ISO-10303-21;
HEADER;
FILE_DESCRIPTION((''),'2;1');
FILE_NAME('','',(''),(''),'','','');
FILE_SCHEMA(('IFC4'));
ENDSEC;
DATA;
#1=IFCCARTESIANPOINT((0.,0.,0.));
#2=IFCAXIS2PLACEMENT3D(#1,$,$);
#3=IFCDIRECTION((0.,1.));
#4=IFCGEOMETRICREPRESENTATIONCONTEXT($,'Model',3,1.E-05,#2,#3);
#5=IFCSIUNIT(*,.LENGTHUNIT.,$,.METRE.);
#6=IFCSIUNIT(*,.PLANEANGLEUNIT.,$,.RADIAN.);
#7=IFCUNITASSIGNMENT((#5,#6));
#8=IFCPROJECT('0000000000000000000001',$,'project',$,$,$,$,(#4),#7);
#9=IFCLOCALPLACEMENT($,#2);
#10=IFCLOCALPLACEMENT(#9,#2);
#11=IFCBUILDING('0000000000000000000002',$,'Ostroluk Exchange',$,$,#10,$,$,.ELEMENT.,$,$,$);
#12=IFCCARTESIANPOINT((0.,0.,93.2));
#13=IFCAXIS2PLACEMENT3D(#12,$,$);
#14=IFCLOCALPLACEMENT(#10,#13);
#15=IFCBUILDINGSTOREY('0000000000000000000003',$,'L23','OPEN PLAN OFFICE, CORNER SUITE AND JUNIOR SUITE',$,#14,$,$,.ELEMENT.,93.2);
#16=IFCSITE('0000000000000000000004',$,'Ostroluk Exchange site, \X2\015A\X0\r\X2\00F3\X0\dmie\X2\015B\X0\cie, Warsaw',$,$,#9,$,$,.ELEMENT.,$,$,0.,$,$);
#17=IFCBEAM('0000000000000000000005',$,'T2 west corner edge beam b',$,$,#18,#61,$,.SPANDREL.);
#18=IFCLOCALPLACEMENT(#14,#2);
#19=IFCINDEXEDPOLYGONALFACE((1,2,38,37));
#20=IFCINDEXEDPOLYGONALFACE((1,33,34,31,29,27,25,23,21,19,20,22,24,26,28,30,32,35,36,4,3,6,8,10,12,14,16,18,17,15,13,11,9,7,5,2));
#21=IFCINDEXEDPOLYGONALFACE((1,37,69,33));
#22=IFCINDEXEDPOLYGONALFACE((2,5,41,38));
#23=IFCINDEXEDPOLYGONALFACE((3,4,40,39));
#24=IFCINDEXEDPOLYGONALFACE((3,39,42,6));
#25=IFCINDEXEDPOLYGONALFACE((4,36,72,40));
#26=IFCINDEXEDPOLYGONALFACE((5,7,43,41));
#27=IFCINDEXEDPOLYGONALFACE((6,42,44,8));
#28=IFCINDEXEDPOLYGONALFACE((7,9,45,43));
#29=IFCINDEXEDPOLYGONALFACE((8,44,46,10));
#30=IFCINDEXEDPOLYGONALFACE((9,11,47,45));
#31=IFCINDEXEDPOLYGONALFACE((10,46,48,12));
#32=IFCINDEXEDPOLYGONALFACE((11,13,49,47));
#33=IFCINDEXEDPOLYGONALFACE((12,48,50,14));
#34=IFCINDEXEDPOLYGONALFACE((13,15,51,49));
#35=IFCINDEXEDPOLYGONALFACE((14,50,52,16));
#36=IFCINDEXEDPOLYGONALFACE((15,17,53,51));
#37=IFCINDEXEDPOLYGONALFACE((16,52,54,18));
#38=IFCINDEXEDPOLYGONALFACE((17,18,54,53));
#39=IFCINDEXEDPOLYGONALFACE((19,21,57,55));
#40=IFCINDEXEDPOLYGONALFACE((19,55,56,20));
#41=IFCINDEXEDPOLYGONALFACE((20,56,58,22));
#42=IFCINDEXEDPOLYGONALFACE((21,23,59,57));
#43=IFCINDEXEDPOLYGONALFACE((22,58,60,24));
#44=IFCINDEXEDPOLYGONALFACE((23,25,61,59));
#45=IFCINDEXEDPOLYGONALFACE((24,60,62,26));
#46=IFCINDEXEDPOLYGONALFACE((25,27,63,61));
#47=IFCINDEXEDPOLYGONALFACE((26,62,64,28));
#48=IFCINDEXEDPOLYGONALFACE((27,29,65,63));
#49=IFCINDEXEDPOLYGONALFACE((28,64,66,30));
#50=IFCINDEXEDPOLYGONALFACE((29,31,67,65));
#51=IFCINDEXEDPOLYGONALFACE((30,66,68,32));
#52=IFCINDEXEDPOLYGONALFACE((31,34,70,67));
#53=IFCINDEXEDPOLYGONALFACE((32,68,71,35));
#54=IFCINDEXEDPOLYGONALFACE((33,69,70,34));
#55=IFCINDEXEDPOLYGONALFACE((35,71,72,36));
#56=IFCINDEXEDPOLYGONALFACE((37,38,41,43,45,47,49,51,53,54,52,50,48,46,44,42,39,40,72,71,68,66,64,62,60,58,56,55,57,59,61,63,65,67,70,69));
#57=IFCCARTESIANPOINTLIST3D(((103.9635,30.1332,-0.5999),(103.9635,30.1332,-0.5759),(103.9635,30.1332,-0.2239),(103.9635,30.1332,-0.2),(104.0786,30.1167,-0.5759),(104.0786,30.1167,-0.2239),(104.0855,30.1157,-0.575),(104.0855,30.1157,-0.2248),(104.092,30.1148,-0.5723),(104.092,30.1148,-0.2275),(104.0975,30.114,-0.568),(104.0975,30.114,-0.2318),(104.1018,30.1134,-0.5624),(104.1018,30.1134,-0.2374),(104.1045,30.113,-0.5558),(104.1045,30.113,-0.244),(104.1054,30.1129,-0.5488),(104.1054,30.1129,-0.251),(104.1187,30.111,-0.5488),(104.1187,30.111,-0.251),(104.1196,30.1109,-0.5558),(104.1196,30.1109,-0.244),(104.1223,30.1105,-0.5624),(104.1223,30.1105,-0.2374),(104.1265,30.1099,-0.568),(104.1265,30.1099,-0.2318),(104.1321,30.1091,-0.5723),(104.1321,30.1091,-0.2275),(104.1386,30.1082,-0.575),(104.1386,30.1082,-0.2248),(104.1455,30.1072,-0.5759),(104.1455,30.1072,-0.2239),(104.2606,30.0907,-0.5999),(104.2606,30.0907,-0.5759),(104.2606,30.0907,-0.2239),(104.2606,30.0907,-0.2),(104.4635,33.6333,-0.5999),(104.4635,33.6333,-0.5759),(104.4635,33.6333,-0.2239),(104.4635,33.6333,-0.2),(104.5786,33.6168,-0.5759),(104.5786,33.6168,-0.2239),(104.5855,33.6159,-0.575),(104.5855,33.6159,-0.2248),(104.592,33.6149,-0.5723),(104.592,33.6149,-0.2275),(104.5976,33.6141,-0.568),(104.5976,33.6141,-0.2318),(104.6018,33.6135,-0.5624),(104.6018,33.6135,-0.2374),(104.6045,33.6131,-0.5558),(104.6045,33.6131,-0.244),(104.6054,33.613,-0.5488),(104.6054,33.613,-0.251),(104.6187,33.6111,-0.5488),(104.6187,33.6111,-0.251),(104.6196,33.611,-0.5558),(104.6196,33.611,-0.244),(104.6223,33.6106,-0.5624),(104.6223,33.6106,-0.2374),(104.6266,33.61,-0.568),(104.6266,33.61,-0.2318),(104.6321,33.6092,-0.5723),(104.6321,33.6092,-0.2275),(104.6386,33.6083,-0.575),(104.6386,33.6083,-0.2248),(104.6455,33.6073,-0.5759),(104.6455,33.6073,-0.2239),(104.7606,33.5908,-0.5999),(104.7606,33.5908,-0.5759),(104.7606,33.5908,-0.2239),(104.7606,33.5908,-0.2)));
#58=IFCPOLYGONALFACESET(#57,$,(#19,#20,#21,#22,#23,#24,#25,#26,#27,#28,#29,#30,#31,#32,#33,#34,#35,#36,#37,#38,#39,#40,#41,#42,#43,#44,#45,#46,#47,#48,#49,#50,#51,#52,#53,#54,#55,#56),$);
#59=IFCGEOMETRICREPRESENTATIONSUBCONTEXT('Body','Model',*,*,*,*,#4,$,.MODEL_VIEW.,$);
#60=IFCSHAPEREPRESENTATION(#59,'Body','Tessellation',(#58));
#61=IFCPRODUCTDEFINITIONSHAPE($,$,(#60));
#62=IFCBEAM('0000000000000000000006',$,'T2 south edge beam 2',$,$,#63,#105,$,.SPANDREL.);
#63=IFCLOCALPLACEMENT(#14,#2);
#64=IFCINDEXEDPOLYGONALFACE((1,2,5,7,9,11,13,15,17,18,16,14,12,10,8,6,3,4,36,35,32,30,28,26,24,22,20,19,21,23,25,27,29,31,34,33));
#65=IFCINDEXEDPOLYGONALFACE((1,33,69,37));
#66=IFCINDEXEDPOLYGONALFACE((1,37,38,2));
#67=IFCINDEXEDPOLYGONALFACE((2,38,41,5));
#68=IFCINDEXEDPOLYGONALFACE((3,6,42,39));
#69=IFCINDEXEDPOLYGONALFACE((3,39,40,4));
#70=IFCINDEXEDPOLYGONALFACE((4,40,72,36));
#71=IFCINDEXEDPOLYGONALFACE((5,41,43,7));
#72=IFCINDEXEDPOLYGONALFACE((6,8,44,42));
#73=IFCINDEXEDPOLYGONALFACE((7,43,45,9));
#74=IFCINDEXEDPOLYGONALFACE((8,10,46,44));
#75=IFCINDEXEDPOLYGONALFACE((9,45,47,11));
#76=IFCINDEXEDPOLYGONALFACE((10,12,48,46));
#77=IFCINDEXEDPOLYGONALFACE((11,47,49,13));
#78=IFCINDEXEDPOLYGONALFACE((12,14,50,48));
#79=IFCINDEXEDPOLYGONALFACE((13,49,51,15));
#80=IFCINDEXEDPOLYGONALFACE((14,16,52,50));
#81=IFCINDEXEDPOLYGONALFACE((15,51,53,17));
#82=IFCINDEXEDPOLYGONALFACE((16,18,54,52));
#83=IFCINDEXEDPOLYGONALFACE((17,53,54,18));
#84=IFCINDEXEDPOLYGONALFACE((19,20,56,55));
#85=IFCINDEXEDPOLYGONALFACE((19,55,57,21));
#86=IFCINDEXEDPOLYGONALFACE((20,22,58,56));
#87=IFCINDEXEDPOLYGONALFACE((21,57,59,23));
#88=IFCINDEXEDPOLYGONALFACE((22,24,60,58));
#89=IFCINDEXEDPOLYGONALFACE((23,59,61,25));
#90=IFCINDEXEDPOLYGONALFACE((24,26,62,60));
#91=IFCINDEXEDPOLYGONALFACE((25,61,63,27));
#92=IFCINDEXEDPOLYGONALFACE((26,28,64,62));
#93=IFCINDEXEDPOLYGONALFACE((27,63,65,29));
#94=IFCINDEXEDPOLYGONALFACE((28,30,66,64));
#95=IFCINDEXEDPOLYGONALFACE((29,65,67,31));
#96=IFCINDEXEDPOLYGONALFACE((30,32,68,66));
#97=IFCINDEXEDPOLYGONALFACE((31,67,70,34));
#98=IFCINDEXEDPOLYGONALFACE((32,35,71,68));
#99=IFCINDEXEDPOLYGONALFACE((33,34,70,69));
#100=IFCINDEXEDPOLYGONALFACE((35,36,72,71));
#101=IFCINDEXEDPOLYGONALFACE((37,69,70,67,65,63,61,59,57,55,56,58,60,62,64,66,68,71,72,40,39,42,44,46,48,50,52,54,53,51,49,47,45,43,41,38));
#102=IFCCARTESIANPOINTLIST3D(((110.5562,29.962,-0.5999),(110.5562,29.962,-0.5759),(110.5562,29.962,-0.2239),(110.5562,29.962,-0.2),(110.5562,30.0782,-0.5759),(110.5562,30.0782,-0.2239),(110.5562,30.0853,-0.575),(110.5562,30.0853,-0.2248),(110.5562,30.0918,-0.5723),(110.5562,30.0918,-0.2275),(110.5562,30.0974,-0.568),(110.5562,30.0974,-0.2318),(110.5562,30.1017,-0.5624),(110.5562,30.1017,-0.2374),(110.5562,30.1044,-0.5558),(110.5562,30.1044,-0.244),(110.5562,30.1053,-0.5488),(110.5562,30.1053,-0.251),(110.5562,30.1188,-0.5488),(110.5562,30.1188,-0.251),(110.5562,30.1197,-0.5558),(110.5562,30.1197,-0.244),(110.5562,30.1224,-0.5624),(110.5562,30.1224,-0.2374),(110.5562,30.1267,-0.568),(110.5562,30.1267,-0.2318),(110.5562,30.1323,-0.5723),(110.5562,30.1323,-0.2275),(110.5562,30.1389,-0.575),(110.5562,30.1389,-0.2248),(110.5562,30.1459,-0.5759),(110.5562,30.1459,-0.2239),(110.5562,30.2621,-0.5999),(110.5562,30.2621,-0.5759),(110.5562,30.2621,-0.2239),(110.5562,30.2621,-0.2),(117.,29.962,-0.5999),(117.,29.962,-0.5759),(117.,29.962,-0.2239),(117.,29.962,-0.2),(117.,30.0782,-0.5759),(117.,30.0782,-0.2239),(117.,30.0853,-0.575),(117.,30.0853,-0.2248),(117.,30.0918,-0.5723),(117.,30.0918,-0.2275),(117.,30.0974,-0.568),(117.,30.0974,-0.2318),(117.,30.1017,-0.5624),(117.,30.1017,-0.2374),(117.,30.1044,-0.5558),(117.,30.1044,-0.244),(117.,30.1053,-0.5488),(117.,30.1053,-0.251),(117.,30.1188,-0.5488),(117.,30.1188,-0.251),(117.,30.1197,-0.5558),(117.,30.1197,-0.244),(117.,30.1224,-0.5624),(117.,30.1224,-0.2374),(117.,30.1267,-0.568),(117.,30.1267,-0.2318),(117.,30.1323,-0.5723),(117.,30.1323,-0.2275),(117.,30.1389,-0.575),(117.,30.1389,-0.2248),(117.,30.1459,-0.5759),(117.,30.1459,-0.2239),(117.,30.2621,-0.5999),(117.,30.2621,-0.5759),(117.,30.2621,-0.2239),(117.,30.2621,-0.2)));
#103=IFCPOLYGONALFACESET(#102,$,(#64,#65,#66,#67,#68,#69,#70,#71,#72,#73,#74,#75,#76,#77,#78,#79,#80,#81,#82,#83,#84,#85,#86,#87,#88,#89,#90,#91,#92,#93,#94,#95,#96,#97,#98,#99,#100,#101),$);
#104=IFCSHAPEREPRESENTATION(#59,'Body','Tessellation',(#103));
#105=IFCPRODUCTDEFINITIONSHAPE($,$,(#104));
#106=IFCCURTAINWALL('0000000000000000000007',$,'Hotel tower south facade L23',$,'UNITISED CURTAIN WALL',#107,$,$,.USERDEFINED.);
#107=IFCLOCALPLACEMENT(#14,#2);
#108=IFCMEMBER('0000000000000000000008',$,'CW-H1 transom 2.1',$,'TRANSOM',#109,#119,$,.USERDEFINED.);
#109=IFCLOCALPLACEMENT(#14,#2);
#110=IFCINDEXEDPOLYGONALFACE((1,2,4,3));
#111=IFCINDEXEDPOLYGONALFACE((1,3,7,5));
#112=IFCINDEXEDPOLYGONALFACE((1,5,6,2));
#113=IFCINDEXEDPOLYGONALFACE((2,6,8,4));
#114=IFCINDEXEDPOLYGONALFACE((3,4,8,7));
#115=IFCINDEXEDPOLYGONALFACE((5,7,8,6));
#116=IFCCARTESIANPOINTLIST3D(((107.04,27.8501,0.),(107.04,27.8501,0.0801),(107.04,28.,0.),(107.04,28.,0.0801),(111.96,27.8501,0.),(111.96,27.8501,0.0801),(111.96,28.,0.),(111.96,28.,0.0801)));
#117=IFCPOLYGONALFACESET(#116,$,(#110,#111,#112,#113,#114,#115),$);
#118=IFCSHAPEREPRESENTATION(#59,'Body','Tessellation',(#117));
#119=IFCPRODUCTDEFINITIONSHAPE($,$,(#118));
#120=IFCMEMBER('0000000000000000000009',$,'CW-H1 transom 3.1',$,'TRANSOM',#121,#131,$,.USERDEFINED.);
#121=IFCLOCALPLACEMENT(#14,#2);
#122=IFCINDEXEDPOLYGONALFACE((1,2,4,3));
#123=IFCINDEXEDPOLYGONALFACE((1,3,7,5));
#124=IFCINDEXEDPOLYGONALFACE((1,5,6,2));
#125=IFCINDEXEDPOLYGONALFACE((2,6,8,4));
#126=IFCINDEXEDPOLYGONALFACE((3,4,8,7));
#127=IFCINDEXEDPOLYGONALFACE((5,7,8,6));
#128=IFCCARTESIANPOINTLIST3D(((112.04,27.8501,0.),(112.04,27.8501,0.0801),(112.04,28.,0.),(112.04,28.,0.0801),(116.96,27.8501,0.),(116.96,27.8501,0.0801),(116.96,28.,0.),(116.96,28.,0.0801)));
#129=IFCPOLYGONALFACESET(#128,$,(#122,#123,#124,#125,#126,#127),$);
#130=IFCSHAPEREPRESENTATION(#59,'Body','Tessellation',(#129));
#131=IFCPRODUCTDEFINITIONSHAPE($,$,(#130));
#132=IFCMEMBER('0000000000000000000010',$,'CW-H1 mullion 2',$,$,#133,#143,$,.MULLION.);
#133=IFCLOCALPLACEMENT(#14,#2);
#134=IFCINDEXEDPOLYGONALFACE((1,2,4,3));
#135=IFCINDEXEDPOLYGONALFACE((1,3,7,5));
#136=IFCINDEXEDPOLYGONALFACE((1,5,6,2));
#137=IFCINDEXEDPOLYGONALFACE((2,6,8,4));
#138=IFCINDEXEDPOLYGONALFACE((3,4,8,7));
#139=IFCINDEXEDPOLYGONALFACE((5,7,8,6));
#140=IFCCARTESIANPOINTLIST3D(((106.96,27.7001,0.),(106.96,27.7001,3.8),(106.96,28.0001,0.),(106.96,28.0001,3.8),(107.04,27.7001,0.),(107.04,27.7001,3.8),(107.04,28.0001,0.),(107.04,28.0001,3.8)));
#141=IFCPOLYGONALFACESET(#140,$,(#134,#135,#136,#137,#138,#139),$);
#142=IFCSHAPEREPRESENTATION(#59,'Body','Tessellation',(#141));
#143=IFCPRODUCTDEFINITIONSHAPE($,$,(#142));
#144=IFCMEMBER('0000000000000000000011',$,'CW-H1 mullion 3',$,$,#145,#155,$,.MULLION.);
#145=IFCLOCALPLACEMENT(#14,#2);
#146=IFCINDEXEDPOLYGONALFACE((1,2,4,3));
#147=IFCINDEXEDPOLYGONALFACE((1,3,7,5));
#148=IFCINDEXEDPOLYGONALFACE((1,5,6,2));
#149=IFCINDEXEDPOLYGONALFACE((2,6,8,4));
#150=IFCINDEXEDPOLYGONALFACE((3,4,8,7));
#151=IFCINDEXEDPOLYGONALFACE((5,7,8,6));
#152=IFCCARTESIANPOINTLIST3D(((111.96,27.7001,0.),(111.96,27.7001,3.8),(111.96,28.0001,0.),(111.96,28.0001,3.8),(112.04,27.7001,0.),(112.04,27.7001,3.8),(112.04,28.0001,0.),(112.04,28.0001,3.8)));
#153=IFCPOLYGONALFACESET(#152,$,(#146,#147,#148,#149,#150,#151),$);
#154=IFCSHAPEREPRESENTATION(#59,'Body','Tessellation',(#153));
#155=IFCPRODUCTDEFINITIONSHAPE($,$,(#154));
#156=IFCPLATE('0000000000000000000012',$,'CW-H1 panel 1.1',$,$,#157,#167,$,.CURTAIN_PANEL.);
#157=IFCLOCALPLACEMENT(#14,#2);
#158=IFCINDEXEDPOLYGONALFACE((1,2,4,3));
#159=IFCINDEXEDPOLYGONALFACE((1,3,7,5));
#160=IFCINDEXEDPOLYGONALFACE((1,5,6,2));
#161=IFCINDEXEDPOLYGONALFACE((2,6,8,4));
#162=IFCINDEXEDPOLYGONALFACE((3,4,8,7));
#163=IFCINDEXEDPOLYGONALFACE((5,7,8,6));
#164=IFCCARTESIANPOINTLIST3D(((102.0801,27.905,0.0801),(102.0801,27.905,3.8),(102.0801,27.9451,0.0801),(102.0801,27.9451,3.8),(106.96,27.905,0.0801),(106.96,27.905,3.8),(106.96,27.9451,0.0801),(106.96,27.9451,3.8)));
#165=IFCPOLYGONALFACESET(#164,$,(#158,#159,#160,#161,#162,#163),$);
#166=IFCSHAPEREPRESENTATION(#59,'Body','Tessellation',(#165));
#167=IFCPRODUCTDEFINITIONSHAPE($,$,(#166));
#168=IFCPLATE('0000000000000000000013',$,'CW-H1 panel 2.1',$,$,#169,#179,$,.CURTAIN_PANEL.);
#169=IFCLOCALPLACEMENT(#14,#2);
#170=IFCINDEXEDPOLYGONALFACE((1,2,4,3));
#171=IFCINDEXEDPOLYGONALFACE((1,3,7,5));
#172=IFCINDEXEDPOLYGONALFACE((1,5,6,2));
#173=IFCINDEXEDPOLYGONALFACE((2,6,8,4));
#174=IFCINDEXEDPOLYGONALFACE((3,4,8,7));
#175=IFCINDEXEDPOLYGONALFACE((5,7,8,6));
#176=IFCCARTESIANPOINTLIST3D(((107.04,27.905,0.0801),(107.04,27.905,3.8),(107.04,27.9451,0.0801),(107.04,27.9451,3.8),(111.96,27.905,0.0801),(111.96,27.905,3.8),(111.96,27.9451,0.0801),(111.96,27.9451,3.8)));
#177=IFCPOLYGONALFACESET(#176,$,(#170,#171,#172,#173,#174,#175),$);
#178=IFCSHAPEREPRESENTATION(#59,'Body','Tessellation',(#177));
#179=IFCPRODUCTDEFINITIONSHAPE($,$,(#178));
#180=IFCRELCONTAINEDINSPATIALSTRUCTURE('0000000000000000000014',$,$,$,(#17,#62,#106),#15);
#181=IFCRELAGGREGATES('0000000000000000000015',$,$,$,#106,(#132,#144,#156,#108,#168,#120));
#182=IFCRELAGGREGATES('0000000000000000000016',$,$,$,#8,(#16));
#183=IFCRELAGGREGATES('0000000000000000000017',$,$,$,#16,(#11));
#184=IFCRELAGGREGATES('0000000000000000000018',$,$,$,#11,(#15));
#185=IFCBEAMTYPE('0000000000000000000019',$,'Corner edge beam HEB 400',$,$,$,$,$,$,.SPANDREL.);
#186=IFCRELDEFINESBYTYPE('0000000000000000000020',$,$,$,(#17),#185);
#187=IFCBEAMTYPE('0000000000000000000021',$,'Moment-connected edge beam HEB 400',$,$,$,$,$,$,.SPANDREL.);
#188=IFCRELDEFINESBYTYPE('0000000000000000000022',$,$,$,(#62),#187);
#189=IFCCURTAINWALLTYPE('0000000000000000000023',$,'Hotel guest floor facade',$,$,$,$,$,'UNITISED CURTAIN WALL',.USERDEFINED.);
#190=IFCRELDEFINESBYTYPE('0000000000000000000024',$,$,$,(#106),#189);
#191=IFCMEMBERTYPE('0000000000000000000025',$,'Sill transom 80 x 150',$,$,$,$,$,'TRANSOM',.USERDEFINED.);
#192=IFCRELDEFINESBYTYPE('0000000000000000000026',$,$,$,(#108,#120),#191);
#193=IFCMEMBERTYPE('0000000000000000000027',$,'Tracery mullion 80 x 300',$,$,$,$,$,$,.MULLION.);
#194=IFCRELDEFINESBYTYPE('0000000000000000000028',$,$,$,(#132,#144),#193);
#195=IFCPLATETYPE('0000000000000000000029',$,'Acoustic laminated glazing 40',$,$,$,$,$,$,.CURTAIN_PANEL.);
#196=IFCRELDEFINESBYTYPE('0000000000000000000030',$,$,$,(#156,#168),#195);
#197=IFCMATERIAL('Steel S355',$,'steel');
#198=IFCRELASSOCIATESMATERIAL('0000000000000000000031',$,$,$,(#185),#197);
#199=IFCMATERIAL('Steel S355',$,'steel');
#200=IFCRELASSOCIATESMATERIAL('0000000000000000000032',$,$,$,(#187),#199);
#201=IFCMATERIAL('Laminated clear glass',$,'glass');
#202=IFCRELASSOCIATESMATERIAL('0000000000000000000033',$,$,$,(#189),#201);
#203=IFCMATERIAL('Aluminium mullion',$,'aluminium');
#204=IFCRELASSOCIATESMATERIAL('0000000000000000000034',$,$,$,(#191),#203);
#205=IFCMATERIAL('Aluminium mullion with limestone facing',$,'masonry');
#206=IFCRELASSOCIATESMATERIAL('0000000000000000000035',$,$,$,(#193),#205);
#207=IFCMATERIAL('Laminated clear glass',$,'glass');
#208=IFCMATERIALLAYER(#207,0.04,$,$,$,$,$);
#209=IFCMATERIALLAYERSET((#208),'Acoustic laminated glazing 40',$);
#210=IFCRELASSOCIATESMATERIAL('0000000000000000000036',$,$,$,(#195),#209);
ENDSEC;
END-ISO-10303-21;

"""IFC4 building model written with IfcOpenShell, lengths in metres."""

from ifc_helpers import new_model, si_unit, direction, frame, origin, origin_2d, place, context, subcontext, project, spatial, rectangle, i_section, extrude, material, layer, layer_set, material_profile, profile_set, type_object, element, aggregate, save


model = new_model("IFC4")

# Units and contexts
model_context = context("Model", 3, precision=1e-05, world=origin(), true_north=direction((0.0, 1.0)))
body_context = subcontext(model_context, "Body", "Model", "MODEL_VIEW")
ifc_project = project(units=[si_unit("LENGTHUNIT", "METRE"), si_unit("PLANEANGLEUNIT", "RADIAN")], contexts=[model_context])

# Site, building, storey
site_placement = place(None, origin())
site = spatial("IfcSite", under=ifc_project, at=site_placement, Name="Ostroluk Exchange site, Śródmieście, Warsaw", CompositionType="ELEMENT", RefElevation=0.0)
building_placement = place(site_placement, origin())
building = spatial("IfcBuilding", under=site, at=building_placement, Name="Ostroluk Exchange", CompositionType="ELEMENT")
storey_placement = place(building_placement, frame((0.0, 0.0, 93.2)))
storey = spatial("IfcBuildingStorey", under=building, at=storey_placement, Name="L23", Description="OPEN PLAN OFFICE, CORNER SUITE AND JUNIOR SUITE", CompositionType="ELEMENT", Elevation=93.2)

# Beams
ifc_material_1 = material(Name="Steel S355", Category="steel")
ifc_material_profile_1 = material_profile(ifc_material_1, i_section(OverallWidth=0.3, OverallDepth=0.3999, WebThickness=0.0134, FlangeThickness=0.0239, FilletRadius=0.0271, at=origin_2d()), Name="HEB 400")
ifc_profile_set_1 = profile_set([ifc_material_profile_1], Name="Steel S355")
beam_type_1 = type_object("IfcBeamType", Name="Corner edge beam HEB 400", PredefinedType="SPANDREL", material=ifc_profile_set_1)
for number, where, z_axis, x_axis, name in (
    (1, (104.6121, 33.6121, -0.3999), (-0.141421, -0.989949, 0.0), (0.989949, -0.141421, 0.0), "T2 west corner edge beam b"),
):
    element("IfcBeam", number, at=place(storey_placement, frame(where, z_axis=z_axis, x_axis=x_axis)), inside=storey, type_object=beam_type_1, Name=name, PredefinedType="SPANDREL", context=body_context, shape_type="SweptSolid", body=[
        extrude(i_section(OverallWidth=0.3, OverallDepth=0.3999, WebThickness=0.0134, FlangeThickness=0.0239, FilletRadius=0.0271, at=origin_2d()), origin(), (0.0, 0.0, 1.0), 3.5356),
    ])
ifc_material_2 = material(Name="Steel S355", Category="steel")
ifc_material_profile_2 = material_profile(ifc_material_2, i_section(OverallWidth=0.3, OverallDepth=0.3999, WebThickness=0.0134, FlangeThickness=0.0239, FilletRadius=0.0271, at=origin_2d()), Name="HEB 400")
ifc_profile_set_2 = profile_set([ifc_material_profile_2], Name="Steel S355")
beam_type_2 = type_object("IfcBeamType", Name="Moment-connected edge beam HEB 400", PredefinedType="SPANDREL", material=ifc_profile_set_2)
beam_1_placement = place(storey_placement, frame((110.5562, 30.1121, -0.3999), z_axis=(1.0, 0.0, 0.0), x_axis=(0.0, 1.0, 0.0)))
element("IfcBeam", 2, at=beam_1_placement, inside=storey, type_object=beam_type_2, Name="T2 south edge beam 2", PredefinedType="SPANDREL", context=body_context, shape_type="SweptSolid", body=[
    extrude(i_section(OverallWidth=0.3, OverallDepth=0.3999, WebThickness=0.0134, FlangeThickness=0.0239, FilletRadius=0.0271, at=origin_2d()), origin(), (0.0, 0.0, 1.0), 6.4438),
])

# Curtain wall, members, plates
ifc_material_3 = material(Name="Laminated clear glass", Category="glass")
curtain_wall_type = type_object("IfcCurtainWallType", Name="Hotel guest floor facade", ElementType="UNITISED CURTAIN WALL", PredefinedType="USERDEFINED", material=ifc_material_3)
curtain_wall_placement = place(storey_placement, origin())
curtain_wall = element("IfcCurtainWall", 3, at=curtain_wall_placement, inside=storey, type_object=curtain_wall_type, Name="Hotel tower south facade L23", ObjectType="UNITISED CURTAIN WALL", PredefinedType="USERDEFINED")
ifc_material_4 = material(Name="Aluminium mullion", Category="aluminium")
ifc_material_profile_3 = material_profile(ifc_material_4, rectangle(XDim=0.1499, YDim=0.0801, at=origin_2d()), Name="Sill transom 80 x 150")
ifc_profile_set_3 = profile_set([ifc_material_profile_3], Name="Aluminium mullion")
member_type_1 = type_object("IfcMemberType", Name="Sill transom 80 x 150", ElementType="TRANSOM", PredefinedType="USERDEFINED", material=ifc_profile_set_3)
member_1_placement = place(storey_placement, frame((107.04, 27.925, 0.04), z_axis=(1.0, 0.0, 0.0), x_axis=(0.0, 1.0, 0.0)))
member_1 = element("IfcMember", 4, at=member_1_placement, type_object=member_type_1, Name="CW-H1 transom 2.1", ObjectType="TRANSOM", PredefinedType="USERDEFINED", context=body_context, shape_type="SweptSolid", body=[
    extrude(rectangle(XDim=0.1499, YDim=0.0801, at=origin_2d()), origin(), (0.0, 0.0, 1.0), 4.9199),
])
member_2_placement = place(storey_placement, frame((112.04, 27.925, 0.04), z_axis=(1.0, 0.0, 0.0), x_axis=(0.0, 1.0, 0.0)))
member_2 = element("IfcMember", 5, at=member_2_placement, type_object=member_type_1, Name="CW-H1 transom 3.1", ObjectType="TRANSOM", PredefinedType="USERDEFINED", context=body_context, shape_type="SweptSolid", body=[
    extrude(rectangle(XDim=0.1499, YDim=0.0801, at=origin_2d()), origin(), (0.0, 0.0, 1.0), 4.9199),
])
ifc_material_5 = material(Name="Aluminium mullion with limestone facing", Category="masonry")
ifc_material_profile_4 = material_profile(ifc_material_5, rectangle(XDim=0.3, YDim=0.0801, at=origin_2d()), Name="Tracery mullion 80 x 300")
ifc_profile_set_4 = profile_set([ifc_material_profile_4], Name="Aluminium mullion with limestone facing")
member_type_2 = type_object("IfcMemberType", Name="Tracery mullion 80 x 300", PredefinedType="MULLION", material=ifc_profile_set_4)
member_3_placement = place(storey_placement, frame((107.0, 27.8501, 0.0), z_axis=(0.0, 0.0, 1.0), x_axis=(0.0, 1.0, 0.0)))
member_3 = element("IfcMember", 6, at=member_3_placement, type_object=member_type_2, Name="CW-H1 mullion 2", PredefinedType="MULLION", context=body_context, shape_type="SweptSolid", body=[
    extrude(rectangle(XDim=0.3, YDim=0.0801, at=origin_2d()), origin(), (0.0, 0.0, 1.0), 3.8),
])
member_4_placement = place(storey_placement, frame((112.0, 27.8501, 0.0), z_axis=(0.0, 0.0, 1.0), x_axis=(0.0, 1.0, 0.0)))
member_4 = element("IfcMember", 7, at=member_4_placement, type_object=member_type_2, Name="CW-H1 mullion 3", PredefinedType="MULLION", context=body_context, shape_type="SweptSolid", body=[
    extrude(rectangle(XDim=0.3, YDim=0.0801, at=origin_2d()), origin(), (0.0, 0.0, 1.0), 3.8),
])
ifc_material_6 = material(Name="Laminated clear glass", Category="glass")
ifc_layer_1 = layer(ifc_material_6, 0.04)
ifc_layer_set_1 = layer_set([ifc_layer_1], Name="Acoustic laminated glazing 40")
plate_type = type_object("IfcPlateType", Name="Acoustic laminated glazing 40", PredefinedType="CURTAIN_PANEL", material=ifc_layer_set_1)
plate_1_placement = place(storey_placement, frame((104.52, 27.925, 0.0801), z_axis=(0.0, 0.0, 1.0), x_axis=(1.0, 0.0, 0.0)))
plate_1 = element("IfcPlate", 8, at=plate_1_placement, type_object=plate_type, Name="CW-H1 panel 1.1", PredefinedType="CURTAIN_PANEL", context=body_context, shape_type="SweptSolid", body=[
    extrude(rectangle(XDim=4.8799, YDim=0.04, at=origin_2d()), origin(), (0.0, 0.0, 1.0), 3.72),
])
plate_2_placement = place(storey_placement, frame((109.5, 27.925, 0.0801), z_axis=(0.0, 0.0, 1.0), x_axis=(1.0, 0.0, 0.0)))
plate_2 = element("IfcPlate", 9, at=plate_2_placement, type_object=plate_type, Name="CW-H1 panel 2.1", PredefinedType="CURTAIN_PANEL", context=body_context, shape_type="SweptSolid", body=[
    extrude(rectangle(XDim=4.9199, YDim=0.04, at=origin_2d()), origin(), (0.0, 0.0, 1.0), 3.72),
])
aggregate(curtain_wall, [member_3, member_4, plate_1, member_1, plate_2, member_2])

save(model, "model.ifc")
